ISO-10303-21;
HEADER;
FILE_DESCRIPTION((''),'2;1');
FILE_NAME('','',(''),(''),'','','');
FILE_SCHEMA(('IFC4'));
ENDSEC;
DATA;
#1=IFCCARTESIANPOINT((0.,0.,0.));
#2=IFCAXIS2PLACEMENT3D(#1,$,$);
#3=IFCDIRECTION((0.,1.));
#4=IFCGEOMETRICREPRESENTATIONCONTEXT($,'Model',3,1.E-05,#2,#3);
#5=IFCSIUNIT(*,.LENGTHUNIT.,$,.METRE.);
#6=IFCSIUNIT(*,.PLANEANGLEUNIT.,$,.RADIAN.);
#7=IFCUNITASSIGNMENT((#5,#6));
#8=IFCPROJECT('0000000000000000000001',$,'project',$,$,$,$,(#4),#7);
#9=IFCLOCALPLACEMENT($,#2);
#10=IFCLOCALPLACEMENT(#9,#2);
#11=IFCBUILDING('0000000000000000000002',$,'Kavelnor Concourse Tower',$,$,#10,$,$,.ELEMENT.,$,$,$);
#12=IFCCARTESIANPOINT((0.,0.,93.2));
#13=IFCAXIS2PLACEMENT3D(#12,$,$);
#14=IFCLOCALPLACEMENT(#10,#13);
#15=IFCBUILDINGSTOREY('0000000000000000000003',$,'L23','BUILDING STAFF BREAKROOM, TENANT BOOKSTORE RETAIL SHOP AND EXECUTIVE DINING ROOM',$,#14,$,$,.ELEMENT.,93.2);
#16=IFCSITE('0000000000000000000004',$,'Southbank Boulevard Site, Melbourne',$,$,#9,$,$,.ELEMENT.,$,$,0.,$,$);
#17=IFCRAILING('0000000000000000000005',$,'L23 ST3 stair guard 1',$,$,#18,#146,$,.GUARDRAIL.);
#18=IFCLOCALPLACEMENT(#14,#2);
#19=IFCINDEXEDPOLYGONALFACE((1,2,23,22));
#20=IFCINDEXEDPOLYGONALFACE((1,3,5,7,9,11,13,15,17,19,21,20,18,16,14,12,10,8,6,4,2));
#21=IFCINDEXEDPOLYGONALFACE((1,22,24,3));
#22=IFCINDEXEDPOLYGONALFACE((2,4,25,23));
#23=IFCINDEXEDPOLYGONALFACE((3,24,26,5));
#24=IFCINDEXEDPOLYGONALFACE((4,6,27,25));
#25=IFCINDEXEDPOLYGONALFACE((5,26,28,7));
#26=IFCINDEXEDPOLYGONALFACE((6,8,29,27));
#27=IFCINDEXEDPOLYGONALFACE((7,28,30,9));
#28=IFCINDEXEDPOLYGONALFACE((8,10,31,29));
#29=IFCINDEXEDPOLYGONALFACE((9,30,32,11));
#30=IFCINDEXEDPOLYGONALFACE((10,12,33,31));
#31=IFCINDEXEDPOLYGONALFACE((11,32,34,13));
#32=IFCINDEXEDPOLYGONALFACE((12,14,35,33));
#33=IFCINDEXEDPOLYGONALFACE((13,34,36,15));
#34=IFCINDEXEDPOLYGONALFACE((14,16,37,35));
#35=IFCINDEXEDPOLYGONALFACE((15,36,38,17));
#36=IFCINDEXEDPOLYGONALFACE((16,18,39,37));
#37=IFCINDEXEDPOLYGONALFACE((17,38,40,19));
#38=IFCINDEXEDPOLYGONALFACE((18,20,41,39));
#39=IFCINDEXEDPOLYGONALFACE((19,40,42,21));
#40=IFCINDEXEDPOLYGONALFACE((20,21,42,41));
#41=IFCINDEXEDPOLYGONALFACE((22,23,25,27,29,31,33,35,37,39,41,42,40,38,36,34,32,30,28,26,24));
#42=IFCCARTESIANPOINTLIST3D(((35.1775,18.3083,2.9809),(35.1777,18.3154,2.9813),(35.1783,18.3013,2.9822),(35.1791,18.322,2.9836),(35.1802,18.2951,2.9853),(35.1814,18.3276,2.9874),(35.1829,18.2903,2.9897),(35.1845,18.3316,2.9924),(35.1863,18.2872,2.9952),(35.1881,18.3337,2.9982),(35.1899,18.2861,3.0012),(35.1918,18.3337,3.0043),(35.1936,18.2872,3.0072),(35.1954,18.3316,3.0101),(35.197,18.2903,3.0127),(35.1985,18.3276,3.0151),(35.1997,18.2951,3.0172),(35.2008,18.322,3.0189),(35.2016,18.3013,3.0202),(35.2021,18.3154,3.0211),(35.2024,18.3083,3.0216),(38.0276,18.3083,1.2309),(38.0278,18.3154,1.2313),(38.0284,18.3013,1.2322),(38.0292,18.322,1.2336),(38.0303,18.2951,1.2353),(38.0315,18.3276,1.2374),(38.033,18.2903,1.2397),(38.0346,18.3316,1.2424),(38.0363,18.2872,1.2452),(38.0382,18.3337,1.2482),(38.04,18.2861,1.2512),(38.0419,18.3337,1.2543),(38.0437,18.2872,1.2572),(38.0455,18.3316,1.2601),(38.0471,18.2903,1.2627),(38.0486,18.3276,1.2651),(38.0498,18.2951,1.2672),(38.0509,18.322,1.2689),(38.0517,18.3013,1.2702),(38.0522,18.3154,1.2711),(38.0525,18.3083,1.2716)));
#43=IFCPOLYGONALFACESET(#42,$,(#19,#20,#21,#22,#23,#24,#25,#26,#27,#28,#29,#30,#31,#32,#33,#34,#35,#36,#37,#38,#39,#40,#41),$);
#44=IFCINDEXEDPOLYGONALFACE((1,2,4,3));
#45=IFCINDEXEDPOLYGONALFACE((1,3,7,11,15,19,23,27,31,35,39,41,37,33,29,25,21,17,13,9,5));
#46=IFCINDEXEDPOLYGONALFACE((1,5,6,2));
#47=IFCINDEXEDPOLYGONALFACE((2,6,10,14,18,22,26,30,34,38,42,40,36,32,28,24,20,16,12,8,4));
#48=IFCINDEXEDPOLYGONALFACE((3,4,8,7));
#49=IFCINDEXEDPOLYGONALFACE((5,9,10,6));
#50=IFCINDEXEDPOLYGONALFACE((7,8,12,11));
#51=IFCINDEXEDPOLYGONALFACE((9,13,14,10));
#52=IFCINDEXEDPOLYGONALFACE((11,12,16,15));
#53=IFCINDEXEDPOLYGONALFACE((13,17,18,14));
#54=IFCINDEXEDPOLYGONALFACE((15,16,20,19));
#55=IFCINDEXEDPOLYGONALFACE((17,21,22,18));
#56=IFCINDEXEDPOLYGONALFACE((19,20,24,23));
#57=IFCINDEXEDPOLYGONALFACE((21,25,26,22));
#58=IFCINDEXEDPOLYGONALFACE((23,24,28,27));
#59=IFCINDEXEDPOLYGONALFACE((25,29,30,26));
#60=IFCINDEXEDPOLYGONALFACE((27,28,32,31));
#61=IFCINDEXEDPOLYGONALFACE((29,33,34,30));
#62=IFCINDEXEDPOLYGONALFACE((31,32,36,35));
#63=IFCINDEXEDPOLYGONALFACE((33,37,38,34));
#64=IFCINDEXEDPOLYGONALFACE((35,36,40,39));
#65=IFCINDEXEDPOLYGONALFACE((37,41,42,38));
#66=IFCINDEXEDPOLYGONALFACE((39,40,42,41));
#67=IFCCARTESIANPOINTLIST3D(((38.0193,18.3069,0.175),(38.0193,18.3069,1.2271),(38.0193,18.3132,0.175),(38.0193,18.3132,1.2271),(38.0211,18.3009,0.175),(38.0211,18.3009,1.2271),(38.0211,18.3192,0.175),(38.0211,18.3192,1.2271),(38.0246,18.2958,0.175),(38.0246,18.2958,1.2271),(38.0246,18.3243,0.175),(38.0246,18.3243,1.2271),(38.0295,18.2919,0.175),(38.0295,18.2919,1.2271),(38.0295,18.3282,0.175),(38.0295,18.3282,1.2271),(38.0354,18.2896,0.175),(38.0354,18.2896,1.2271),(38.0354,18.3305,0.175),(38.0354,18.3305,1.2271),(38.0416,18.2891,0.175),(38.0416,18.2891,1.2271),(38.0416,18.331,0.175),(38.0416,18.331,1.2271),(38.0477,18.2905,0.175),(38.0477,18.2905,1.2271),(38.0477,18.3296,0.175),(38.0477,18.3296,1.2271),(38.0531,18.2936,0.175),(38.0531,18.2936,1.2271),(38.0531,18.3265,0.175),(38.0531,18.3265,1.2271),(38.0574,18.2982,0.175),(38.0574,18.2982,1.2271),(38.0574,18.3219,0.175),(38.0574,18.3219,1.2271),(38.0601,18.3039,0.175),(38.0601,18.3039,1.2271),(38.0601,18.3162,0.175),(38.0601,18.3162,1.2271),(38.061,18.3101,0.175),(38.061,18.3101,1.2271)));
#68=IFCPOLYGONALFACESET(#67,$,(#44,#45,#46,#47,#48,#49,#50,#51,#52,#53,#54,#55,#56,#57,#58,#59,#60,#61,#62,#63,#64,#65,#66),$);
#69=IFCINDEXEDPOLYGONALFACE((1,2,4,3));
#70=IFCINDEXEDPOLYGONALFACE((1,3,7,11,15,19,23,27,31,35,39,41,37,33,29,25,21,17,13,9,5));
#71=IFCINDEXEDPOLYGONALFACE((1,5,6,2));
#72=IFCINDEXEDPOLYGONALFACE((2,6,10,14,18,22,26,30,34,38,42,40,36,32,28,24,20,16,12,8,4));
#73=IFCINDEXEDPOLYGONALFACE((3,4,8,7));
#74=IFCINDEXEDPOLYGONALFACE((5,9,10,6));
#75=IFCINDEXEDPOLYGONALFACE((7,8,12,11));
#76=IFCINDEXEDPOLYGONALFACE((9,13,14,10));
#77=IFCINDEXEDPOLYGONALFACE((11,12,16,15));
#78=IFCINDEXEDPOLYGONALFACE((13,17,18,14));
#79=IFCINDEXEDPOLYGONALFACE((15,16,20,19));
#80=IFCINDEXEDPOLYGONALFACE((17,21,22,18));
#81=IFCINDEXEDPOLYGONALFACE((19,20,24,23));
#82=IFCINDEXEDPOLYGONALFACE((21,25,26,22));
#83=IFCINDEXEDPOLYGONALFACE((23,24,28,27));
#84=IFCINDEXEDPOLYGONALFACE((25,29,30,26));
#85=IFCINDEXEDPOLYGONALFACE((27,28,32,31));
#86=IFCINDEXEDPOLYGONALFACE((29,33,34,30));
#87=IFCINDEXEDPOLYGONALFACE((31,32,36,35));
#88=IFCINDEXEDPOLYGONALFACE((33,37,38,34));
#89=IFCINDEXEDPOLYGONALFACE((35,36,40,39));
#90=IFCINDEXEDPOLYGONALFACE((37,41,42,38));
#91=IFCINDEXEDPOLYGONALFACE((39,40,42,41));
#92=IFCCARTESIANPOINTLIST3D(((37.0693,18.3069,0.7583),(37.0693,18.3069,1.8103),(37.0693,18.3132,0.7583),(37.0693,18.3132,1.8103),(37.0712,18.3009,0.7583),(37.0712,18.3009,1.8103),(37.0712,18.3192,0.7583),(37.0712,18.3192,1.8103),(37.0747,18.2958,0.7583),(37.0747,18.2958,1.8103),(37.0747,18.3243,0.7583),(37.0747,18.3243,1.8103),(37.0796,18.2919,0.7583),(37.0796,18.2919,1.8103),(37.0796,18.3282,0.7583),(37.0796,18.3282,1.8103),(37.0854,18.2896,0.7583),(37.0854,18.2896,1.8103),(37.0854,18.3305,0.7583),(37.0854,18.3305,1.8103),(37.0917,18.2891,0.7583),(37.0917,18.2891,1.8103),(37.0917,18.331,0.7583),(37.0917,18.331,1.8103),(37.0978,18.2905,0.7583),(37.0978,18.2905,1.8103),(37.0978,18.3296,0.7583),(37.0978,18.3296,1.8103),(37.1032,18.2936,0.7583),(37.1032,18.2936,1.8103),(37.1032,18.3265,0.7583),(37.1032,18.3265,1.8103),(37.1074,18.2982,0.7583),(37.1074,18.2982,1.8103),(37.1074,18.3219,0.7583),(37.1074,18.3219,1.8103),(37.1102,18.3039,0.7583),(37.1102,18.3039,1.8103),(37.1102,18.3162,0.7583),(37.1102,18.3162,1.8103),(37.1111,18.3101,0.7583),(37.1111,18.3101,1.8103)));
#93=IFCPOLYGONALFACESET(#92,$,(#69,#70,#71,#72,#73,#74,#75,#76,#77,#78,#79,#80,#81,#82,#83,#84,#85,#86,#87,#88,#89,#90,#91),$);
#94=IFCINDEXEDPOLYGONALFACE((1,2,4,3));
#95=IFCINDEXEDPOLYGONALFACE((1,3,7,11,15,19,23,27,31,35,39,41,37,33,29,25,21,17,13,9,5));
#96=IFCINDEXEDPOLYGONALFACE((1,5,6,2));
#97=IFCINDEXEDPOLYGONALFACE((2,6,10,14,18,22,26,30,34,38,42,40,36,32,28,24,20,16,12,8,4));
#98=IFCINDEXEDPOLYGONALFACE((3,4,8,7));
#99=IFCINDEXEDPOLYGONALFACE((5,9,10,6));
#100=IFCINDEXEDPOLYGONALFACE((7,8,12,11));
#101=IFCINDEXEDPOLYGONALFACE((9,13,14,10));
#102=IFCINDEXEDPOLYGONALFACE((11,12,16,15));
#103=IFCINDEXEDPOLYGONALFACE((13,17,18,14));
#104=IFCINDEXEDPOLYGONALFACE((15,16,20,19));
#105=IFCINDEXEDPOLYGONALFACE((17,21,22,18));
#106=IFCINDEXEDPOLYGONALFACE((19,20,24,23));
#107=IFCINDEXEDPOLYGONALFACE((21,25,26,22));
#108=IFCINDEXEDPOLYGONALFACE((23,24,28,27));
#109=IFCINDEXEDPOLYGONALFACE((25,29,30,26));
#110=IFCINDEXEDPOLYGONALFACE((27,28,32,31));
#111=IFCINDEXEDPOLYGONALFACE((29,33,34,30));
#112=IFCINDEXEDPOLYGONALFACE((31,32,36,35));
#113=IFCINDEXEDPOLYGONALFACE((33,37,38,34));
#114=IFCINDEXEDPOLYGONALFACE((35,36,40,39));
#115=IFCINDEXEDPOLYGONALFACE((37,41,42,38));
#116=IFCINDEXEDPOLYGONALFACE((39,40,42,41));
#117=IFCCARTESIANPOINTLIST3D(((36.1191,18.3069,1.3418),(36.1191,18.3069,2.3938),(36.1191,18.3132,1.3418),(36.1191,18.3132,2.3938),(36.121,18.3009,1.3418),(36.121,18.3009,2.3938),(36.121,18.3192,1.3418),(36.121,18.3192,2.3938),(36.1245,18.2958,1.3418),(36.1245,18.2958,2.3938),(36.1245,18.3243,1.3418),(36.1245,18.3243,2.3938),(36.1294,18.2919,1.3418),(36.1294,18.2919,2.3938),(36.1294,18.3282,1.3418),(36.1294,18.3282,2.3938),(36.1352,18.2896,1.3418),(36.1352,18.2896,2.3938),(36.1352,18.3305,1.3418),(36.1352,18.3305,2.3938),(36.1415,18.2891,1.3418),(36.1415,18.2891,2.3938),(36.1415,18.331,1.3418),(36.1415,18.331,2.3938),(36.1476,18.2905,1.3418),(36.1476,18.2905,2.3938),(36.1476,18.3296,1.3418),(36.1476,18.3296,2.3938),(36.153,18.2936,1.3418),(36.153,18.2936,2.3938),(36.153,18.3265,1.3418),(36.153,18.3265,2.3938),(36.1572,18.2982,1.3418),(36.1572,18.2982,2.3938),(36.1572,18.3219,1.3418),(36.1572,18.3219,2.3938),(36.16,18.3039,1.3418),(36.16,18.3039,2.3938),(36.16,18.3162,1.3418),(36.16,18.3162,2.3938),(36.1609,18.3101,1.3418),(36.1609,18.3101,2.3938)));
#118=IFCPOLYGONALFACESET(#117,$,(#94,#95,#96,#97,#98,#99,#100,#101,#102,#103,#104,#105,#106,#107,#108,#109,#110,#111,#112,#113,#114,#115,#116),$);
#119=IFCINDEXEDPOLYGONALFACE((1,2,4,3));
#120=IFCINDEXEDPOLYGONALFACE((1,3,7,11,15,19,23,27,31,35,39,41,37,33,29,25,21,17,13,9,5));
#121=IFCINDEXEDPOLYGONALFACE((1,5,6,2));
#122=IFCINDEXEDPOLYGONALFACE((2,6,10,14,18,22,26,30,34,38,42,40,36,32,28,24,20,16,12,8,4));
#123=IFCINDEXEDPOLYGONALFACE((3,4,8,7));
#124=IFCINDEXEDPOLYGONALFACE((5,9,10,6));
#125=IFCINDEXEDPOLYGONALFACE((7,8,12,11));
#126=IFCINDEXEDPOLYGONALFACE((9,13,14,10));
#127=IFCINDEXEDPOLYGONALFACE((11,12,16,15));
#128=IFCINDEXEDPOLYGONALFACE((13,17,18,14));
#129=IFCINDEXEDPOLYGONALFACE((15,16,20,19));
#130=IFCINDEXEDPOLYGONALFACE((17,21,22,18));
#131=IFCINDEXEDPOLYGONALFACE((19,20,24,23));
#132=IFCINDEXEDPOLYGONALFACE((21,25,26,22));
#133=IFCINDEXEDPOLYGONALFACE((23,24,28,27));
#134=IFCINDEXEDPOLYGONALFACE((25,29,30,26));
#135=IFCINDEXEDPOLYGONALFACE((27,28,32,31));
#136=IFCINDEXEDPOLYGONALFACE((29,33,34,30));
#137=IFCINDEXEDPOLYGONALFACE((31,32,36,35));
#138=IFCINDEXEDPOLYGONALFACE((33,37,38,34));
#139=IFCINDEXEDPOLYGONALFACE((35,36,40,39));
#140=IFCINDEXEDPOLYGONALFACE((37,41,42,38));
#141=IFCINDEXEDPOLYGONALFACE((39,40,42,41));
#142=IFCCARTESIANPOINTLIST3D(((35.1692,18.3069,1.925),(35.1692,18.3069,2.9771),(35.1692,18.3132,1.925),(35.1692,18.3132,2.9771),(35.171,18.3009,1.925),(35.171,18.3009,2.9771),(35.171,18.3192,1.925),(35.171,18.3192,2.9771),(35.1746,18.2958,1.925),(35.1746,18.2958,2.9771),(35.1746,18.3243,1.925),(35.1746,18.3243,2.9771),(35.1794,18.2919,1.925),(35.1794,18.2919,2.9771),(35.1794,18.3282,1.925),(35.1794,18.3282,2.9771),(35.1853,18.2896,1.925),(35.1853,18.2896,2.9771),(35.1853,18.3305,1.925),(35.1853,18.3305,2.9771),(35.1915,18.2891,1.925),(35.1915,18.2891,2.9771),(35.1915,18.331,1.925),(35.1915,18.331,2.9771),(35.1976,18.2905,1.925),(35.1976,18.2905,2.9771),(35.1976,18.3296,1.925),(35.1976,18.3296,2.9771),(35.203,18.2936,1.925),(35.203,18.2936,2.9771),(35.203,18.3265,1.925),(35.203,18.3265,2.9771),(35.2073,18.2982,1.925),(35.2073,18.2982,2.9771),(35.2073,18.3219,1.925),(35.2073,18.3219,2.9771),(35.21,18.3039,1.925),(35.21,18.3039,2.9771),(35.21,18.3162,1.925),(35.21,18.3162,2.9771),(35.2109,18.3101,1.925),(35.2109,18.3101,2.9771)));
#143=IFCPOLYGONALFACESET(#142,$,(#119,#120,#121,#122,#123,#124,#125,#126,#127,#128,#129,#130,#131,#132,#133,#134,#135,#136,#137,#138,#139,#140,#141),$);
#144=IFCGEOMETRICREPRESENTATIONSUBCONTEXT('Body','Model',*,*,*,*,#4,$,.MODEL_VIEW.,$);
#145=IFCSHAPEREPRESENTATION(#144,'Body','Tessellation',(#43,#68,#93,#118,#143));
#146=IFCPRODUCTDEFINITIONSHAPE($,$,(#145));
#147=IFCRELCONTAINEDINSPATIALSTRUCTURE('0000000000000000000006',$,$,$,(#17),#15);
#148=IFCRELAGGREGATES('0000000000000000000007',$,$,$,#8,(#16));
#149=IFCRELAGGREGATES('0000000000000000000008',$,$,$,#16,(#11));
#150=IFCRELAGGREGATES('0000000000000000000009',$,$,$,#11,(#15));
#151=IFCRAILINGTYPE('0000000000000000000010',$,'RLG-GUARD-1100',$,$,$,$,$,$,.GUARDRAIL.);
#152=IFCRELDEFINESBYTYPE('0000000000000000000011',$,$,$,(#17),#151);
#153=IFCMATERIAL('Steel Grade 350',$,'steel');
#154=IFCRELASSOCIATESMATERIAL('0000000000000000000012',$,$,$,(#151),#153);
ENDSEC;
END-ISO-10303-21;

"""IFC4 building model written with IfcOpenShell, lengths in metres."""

from ifc_helpers import new_model, si_unit, direction, frame, origin, origin_2d, place, context, subcontext, project, spatial, circle, extrude, material, type_object, element, save


model = new_model("IFC4")

# Units and contexts
model_context = context("Model", 3, precision=1e-05, world=origin(), true_north=direction((0.0, 1.0)))
body_context = subcontext(model_context, "Body", "Model", "MODEL_VIEW")
ifc_project = project(units=[si_unit("LENGTHUNIT", "METRE"), si_unit("PLANEANGLEUNIT", "RADIAN")], contexts=[model_context])

# Site, building, storey
site_placement = place(None, origin())
site = spatial("IfcSite", under=ifc_project, at=site_placement, Name="Southbank Boulevard Site, Melbourne", CompositionType="ELEMENT", RefElevation=0.0)
building_placement = place(site_placement, origin())
building = spatial("IfcBuilding", under=site, at=building_placement, Name="Kavelnor Concourse Tower", CompositionType="ELEMENT")
storey_placement = place(building_placement, frame((0.0, 0.0, 93.2)))
storey = spatial("IfcBuildingStorey", under=building, at=storey_placement, Name="L23", Description="BUILDING STAFF BREAKROOM, TENANT BOOKSTORE RETAIL SHOP AND EXECUTIVE DINING ROOM", CompositionType="ELEMENT", Elevation=93.2)

# Shared definitions
ifc_material_1 = material(Name="Steel Grade 350", Category="steel")

# Railing
railing_type_1 = type_object("IfcRailingType", Name="RLG-GUARD-1100", PredefinedType="GUARDRAIL", material=ifc_material_1)
railing_1_placement = place(storey_placement, frame((38.04, 18.3101, 0.175)))
element("IfcRailing", 1, at=railing_1_placement, inside=storey, type_object=railing_type_1, Name="L23 ST3 stair guard 1", PredefinedType="GUARDRAIL", context=body_context, shape_type="SweptSolid", body=[
    extrude(circle(Radius=0.0239, at=origin_2d()), frame((0.0, 0.0, 1.0762), z_axis=(-0.852179, 0.0, 0.52325), x_axis=(0.0, -1.0, 0.0)), (0.0, 0.0, 1.0), 3.3445),
    extrude(circle(Radius=0.021, at=origin_2d()), origin(), (0.0, 0.0, 1.0), 1.052),
    extrude(circle(Radius=0.021, at=origin_2d()), frame((-0.95, 0.0, 0.5833)), (0.0, 0.0, 1.0), 1.052),
    extrude(circle(Radius=0.021, at=origin_2d()), frame((-1.9001, 0.0, 1.1667)), (0.0, 0.0, 1.0), 1.052),
    extrude(circle(Radius=0.021, at=origin_2d()), frame((-2.8501, 0.0, 1.75)), (0.0, 0.0, 1.0), 1.052),
])

save(model, "model.ifc")
